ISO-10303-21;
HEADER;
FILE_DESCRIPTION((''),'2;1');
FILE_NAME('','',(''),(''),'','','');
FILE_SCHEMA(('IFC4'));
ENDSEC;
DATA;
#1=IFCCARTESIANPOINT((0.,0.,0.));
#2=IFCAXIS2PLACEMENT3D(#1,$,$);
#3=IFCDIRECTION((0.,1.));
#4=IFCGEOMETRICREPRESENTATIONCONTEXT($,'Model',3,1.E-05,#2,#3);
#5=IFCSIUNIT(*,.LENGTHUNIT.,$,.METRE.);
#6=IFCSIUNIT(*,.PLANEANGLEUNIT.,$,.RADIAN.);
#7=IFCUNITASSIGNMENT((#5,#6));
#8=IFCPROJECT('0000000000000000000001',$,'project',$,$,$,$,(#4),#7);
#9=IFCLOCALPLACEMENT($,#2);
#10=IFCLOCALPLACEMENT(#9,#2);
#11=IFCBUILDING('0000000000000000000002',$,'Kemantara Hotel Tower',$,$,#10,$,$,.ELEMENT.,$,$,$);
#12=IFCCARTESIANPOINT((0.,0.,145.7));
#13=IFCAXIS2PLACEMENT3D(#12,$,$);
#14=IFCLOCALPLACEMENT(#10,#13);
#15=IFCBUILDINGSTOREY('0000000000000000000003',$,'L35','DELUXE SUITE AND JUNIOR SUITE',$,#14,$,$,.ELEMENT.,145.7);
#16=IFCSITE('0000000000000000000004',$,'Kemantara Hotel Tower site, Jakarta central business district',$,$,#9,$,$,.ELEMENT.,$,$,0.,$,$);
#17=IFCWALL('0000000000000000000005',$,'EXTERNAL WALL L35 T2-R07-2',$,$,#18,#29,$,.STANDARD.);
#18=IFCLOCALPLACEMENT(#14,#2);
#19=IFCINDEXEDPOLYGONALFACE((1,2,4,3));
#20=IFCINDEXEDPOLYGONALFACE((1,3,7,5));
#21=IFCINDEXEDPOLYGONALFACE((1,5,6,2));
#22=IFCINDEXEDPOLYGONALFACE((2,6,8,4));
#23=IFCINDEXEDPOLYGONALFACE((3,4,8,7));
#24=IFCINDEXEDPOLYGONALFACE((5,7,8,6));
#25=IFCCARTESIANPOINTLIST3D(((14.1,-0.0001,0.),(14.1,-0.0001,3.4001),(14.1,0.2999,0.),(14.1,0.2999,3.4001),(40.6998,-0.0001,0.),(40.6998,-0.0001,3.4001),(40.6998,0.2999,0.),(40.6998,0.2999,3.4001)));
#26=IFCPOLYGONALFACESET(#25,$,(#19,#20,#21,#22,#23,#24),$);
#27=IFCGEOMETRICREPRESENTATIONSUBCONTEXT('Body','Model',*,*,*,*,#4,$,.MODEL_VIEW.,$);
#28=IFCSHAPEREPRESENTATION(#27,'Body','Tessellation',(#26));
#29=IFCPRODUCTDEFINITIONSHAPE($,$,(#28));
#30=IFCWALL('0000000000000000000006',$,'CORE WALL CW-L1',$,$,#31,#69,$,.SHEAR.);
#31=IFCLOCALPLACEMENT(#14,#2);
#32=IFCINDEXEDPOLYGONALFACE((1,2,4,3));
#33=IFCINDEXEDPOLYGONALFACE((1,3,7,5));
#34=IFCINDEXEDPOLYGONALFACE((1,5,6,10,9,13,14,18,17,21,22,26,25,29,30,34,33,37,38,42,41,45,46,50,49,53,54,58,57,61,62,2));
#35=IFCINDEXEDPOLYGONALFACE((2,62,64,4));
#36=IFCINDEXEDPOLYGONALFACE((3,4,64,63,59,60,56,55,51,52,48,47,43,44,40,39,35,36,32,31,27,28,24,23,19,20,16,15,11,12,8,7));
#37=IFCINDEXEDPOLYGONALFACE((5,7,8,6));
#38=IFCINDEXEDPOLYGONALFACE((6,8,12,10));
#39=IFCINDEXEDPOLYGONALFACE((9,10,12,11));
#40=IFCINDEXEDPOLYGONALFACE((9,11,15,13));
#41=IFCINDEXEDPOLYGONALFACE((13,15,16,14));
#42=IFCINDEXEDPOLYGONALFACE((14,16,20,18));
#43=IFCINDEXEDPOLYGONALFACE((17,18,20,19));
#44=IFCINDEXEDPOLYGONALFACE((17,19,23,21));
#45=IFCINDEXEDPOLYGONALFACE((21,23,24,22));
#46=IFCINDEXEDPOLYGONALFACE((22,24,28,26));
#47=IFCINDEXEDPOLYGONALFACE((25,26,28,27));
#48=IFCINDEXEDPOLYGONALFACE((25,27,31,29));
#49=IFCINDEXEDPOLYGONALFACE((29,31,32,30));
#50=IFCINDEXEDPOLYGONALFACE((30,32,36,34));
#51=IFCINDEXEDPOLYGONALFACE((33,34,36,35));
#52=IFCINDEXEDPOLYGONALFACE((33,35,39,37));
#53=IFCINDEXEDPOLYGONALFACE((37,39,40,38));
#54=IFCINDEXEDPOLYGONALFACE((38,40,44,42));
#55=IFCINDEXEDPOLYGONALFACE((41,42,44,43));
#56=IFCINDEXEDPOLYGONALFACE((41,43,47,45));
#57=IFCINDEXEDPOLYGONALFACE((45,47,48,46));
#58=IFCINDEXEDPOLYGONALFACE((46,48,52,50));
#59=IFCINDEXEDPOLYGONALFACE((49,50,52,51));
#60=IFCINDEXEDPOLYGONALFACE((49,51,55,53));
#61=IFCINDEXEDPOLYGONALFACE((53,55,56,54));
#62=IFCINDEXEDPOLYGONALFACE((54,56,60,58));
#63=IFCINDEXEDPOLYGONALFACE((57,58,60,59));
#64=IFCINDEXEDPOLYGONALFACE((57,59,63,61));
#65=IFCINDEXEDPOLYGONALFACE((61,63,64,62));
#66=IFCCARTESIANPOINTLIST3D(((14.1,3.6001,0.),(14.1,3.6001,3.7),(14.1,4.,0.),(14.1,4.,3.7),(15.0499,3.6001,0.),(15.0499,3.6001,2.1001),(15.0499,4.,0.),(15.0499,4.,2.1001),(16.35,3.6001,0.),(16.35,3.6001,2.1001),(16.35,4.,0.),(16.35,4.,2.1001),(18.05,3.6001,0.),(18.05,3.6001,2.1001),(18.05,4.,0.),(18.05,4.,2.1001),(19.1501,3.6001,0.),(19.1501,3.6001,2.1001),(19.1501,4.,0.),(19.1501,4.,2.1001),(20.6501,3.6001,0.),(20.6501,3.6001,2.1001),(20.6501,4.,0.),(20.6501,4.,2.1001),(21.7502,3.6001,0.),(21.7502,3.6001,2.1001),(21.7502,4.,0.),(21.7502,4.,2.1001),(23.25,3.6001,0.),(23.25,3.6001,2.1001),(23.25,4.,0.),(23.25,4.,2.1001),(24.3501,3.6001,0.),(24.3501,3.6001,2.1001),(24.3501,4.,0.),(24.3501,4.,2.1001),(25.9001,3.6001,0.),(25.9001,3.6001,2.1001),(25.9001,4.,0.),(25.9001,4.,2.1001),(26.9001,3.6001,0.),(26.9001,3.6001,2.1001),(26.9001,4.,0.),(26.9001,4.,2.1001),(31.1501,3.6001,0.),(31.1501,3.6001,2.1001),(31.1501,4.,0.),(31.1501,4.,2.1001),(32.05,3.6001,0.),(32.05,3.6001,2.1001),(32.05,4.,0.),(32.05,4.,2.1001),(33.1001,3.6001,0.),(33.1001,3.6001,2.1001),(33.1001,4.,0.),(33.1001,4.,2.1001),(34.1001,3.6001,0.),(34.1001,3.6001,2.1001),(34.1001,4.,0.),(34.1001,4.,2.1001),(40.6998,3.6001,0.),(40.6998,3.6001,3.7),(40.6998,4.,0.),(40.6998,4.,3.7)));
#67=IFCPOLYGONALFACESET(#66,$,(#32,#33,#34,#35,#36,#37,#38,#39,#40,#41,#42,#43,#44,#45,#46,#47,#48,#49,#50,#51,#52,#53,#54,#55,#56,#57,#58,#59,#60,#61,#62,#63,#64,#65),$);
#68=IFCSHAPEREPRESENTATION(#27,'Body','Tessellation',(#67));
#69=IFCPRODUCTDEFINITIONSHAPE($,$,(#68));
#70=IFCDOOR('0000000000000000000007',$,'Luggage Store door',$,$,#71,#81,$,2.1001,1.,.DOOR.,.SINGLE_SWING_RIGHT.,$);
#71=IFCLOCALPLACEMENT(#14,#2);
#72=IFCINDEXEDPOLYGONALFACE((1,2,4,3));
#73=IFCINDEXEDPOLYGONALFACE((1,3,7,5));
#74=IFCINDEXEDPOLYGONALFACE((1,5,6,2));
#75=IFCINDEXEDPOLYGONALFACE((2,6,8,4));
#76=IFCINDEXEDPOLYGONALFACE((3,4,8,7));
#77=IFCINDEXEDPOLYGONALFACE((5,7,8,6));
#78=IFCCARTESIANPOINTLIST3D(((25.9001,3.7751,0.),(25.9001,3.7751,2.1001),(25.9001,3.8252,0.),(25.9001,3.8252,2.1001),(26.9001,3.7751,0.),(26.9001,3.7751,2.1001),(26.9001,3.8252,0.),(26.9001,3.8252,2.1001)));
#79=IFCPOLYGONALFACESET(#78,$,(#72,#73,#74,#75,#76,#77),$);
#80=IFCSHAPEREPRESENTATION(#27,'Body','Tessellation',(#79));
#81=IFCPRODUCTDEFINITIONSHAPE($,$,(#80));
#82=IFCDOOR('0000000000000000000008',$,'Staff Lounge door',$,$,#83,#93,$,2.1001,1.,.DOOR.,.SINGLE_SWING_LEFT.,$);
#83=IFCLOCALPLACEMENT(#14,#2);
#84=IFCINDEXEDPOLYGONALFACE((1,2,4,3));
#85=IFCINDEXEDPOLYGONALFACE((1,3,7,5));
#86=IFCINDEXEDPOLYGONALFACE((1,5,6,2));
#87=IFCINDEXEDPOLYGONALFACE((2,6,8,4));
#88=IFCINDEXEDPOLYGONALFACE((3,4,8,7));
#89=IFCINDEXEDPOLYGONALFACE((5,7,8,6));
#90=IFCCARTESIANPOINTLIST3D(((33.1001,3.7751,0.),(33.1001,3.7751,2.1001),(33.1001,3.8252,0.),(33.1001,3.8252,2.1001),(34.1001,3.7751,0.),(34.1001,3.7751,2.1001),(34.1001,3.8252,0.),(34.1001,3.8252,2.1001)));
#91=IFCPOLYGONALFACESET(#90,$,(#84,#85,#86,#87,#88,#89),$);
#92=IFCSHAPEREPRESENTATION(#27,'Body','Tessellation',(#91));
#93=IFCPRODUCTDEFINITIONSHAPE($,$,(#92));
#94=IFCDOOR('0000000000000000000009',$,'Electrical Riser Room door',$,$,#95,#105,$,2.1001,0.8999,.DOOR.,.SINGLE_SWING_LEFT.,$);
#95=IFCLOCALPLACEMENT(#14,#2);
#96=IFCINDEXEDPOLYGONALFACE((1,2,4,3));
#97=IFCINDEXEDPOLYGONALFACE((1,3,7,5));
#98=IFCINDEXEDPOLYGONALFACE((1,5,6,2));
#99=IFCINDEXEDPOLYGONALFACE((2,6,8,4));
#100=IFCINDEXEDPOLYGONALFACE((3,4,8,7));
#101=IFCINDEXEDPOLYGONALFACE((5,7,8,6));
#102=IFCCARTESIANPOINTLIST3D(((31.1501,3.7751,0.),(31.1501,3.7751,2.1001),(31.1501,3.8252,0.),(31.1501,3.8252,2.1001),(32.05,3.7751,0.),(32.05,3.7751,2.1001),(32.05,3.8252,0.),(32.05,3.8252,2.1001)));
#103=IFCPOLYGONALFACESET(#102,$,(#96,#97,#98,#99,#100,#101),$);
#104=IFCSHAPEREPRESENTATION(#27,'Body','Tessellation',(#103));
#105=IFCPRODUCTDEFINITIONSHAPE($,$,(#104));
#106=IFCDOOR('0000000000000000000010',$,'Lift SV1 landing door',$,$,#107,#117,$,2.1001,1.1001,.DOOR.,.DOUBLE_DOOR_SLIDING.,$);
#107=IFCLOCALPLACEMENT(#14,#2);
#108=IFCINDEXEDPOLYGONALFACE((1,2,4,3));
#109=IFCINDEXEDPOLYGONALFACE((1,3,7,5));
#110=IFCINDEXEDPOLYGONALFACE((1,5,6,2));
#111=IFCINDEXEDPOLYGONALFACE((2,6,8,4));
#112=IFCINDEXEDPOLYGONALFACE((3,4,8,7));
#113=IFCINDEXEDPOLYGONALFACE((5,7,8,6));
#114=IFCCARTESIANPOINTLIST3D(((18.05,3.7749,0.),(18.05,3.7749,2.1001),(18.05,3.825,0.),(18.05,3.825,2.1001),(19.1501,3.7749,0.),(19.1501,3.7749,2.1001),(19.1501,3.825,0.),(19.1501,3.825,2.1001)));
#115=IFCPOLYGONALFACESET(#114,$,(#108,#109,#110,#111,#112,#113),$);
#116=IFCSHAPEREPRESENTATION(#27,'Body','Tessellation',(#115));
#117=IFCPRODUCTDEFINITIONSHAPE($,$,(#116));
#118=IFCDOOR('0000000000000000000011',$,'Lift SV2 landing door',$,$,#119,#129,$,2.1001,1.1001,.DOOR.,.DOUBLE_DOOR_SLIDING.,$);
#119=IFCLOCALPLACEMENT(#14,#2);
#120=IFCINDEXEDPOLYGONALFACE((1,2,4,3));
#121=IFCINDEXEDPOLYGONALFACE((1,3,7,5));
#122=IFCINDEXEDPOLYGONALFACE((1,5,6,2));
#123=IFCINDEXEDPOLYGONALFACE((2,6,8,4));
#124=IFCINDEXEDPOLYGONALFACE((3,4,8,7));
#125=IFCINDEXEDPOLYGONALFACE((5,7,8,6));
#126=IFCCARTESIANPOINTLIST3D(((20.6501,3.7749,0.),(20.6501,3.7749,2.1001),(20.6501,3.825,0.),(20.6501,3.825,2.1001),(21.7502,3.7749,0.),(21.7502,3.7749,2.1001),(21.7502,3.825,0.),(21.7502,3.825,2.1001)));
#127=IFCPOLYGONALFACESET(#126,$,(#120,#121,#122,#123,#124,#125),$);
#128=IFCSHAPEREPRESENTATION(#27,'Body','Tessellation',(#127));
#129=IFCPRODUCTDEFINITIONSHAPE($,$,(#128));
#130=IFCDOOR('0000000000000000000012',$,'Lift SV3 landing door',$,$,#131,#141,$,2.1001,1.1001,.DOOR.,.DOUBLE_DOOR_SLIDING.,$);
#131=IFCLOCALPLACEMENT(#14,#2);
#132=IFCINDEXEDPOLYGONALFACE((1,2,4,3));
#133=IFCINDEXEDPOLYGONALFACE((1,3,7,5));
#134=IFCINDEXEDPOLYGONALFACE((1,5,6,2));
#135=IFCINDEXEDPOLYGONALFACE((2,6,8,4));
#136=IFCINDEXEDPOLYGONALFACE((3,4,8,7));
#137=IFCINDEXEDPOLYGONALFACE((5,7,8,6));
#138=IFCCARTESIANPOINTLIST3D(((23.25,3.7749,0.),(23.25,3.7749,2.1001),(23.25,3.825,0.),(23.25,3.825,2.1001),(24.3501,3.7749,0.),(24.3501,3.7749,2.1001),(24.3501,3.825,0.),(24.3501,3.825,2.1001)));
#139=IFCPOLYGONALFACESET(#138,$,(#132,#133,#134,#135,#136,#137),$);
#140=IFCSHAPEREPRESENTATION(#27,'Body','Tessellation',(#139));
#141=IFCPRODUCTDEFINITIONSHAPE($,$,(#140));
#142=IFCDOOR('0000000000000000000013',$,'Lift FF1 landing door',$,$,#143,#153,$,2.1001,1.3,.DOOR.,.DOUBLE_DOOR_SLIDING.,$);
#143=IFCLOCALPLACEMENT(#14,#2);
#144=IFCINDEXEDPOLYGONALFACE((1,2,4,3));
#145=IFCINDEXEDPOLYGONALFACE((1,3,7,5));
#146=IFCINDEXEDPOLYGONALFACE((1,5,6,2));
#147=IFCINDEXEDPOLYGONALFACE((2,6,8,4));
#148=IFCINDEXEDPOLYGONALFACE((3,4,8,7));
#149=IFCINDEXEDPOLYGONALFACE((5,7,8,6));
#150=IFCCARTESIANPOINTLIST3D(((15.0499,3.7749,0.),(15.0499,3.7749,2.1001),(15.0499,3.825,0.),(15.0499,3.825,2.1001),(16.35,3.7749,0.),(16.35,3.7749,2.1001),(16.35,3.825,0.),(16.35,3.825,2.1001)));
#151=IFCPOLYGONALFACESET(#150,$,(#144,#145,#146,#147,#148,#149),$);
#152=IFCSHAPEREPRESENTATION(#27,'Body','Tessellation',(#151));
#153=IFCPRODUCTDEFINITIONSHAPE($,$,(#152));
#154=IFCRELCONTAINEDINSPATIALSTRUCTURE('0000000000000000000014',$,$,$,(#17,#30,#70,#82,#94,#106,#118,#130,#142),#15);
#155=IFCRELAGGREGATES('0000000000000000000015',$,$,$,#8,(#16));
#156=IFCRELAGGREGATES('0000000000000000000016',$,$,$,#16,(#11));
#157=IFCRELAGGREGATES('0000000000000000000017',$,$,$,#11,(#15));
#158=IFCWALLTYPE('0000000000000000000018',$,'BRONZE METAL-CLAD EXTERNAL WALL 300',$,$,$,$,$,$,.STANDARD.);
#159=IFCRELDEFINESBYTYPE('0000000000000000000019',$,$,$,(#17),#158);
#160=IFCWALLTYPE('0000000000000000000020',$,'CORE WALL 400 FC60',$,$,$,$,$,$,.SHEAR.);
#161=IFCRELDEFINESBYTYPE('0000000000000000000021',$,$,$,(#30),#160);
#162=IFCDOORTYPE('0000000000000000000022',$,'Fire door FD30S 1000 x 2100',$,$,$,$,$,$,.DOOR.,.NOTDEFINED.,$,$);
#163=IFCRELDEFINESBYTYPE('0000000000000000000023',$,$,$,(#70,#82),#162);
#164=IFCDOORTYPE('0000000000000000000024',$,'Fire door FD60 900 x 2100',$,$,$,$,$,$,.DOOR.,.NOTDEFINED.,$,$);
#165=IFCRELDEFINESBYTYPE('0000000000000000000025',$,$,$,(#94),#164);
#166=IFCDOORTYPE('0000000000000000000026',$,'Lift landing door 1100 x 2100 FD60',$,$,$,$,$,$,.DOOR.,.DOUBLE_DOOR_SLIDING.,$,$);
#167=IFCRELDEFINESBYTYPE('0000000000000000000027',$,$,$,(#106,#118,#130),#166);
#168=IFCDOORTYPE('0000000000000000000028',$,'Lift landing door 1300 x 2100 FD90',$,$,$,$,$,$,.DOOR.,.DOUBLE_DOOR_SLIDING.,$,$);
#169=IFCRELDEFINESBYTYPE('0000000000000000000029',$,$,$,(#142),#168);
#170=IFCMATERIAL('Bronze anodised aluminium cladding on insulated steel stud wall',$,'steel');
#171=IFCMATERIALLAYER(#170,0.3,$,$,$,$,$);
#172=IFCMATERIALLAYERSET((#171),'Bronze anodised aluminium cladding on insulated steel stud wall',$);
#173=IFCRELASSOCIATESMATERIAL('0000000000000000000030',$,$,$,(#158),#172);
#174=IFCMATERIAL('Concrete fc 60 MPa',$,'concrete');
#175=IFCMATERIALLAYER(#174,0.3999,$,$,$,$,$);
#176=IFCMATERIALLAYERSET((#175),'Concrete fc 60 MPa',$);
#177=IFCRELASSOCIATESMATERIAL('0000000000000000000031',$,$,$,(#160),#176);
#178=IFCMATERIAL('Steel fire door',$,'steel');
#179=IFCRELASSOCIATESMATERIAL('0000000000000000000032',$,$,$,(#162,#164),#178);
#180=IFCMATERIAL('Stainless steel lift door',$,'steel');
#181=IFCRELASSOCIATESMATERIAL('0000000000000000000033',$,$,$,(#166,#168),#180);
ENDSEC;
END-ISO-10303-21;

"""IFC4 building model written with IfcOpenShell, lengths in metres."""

from ifc_helpers import new_model, si_unit, direction, frame, frame_2d, origin, place, context, subcontext, project, spatial, rectangle, extrude, material, layer, layer_set, type_object, element, fill, save


model = new_model("IFC4")

# Units and contexts
model_context = context("Model", 3, precision=1e-05, world=origin(), true_north=direction((0.0, 1.0)))
body_context = subcontext(model_context, "Body", "Model", "MODEL_VIEW")
ifc_project = project(units=[si_unit("LENGTHUNIT", "METRE"), si_unit("PLANEANGLEUNIT", "RADIAN")], contexts=[model_context])

# Site, building, storey
site_placement = place(None, origin())
site = spatial("IfcSite", under=ifc_project, at=site_placement, Name="Kemantara Hotel Tower site, Jakarta central business district", CompositionType="ELEMENT", RefElevation=0.0)
building_placement = place(site_placement, origin())
building = spatial("IfcBuilding", under=site, at=building_placement, Name="Kemantara Hotel Tower", CompositionType="ELEMENT")
storey_placement = place(building_placement, frame((0.0, 0.0, 145.7)))
storey = spatial("IfcBuildingStorey", under=building, at=storey_placement, Name="L35", Description="DELUXE SUITE AND JUNIOR SUITE", CompositionType="ELEMENT", Elevation=145.7)

# Wall
ifc_material_1 = material(Name="Bronze anodised aluminium cladding on insulated steel stud wall", Category="steel")
ifc_layer_1 = layer(ifc_material_1, 0.3)
ifc_layer_set_1 = layer_set([ifc_layer_1], Name="Bronze anodised aluminium cladding on insulated steel stud wall")
wall_type_1 = type_object("IfcWallType", Name="BRONZE METAL-CLAD EXTERNAL WALL 300", PredefinedType="STANDARD", material=ifc_layer_set_1)
wall_1_placement = place(storey_placement, frame((14.1001, 0.1499, 0.0), z_axis=(0.0, 0.0, 1.0), x_axis=(1.0, 0.0, 0.0)))
element("IfcWall", 1, at=wall_1_placement, inside=storey, type_object=wall_type_1, Name="EXTERNAL WALL L35 T2-R07-2", PredefinedType="STANDARD", context=body_context, shape_type="SweptSolid", body=[
    extrude(rectangle(XDim=26.5999, YDim=0.3, at=frame_2d((13.2998, 0.0))), origin(), (0.0, 0.0, 1.0), 3.4001),
])

# Wall, openings, doors
ifc_material_2 = material(Name="Concrete fc 60 MPa", Category="concrete")
ifc_layer_2 = layer(ifc_material_2, 0.3999)
ifc_layer_set_2 = layer_set([ifc_layer_2], Name="Concrete fc 60 MPa")
wall_type_2 = type_object("IfcWallType", Name="CORE WALL 400 FC60", PredefinedType="SHEAR", material=ifc_layer_set_2)
wall_2_placement = place(storey_placement, frame((14.1001, 3.8, 0.0), z_axis=(0.0, 0.0, 1.0), x_axis=(1.0, 0.0, 0.0)))
wall_2 = element("IfcWall", 2, at=wall_2_placement, inside=storey, type_object=wall_type_2, Name="CORE WALL CW-L1", PredefinedType="SHEAR", context=body_context, shape_type="SweptSolid", body=[
    extrude(rectangle(XDim=26.5999, YDim=0.3999, at=frame_2d((13.2998, 0.0))), origin(), (0.0, 0.0, 1.0), 3.7),
])
opening_1_placement = place(wall_2_placement, frame((0.95, 0.0, 0.0)))
opening_1 = element("IfcOpeningElement", 3, at=opening_1_placement, cuts=wall_2, PredefinedType="OPENING", context=body_context, shape_type="SweptSolid", body=[
    extrude(rectangle(XDim=1.3, YDim=2.1001, at=frame_2d((0.6499, 1.05))), frame((0.0, 0.21, 0.0), z_axis=(0.0, -1.0, 0.0), x_axis=(1.0, 0.0, 0.0)), (0.0, 0.0, 1.0), 0.4199),
])
opening_2_placement = place(wall_2_placement, frame((3.95, 0.0, 0.0)))
opening_2 = element("IfcOpeningElement", 4, at=opening_2_placement, cuts=wall_2, PredefinedType="OPENING", context=body_context, shape_type="SweptSolid", body=[
    extrude(rectangle(XDim=1.1001, YDim=2.1001, at=frame_2d((0.55, 1.05))), frame((0.0, 0.21, 0.0), z_axis=(0.0, -1.0, 0.0), x_axis=(1.0, 0.0, 0.0)), (0.0, 0.0, 1.0), 0.4199),
])
opening_3_placement = place(wall_2_placement, frame((6.55, 0.0, 0.0)))
opening_3 = element("IfcOpeningElement", 5, at=opening_3_placement, cuts=wall_2, PredefinedType="OPENING", context=body_context, shape_type="SweptSolid", body=[
    extrude(rectangle(XDim=1.1001, YDim=2.1001, at=frame_2d((0.55, 1.05))), frame((0.0, 0.21, 0.0), z_axis=(0.0, -1.0, 0.0), x_axis=(1.0, 0.0, 0.0)), (0.0, 0.0, 1.0), 0.4199),
])
opening_4_placement = place(wall_2_placement, frame((9.1499, 0.0, 0.0)))
opening_4 = element("IfcOpeningElement", 6, at=opening_4_placement, cuts=wall_2, PredefinedType="OPENING", context=body_context, shape_type="SweptSolid", body=[
    extrude(rectangle(XDim=1.1001, YDim=2.1001, at=frame_2d((0.55, 1.05))), frame((0.0, 0.21, 0.0), z_axis=(0.0, -1.0, 0.0), x_axis=(1.0, 0.0, 0.0)), (0.0, 0.0, 1.0), 0.4199),
])
opening_5_placement = place(wall_2_placement, frame((11.8, 0.0, 0.0)))
opening_5 = element("IfcOpeningElement", 7, at=opening_5_placement, cuts=wall_2, PredefinedType="OPENING", context=body_context, shape_type="SweptSolid", body=[
    extrude(rectangle(XDim=1.0, YDim=2.1001, at=frame_2d((0.5, 1.05))), frame((0.0, 0.21, 0.0), z_axis=(0.0, -1.0, 0.0), x_axis=(1.0, 0.0, 0.0)), (0.0, 0.0, 1.0), 0.4199),
])
opening_6_placement = place(wall_2_placement, frame((17.05, 0.0, 0.0)))
opening_6 = element("IfcOpeningElement", 8, at=opening_6_placement, cuts=wall_2, PredefinedType="OPENING", context=body_context, shape_type="SweptSolid", body=[
    extrude(rectangle(XDim=0.8999, YDim=2.1001, at=frame_2d((0.45, 1.05))), frame((0.0, 0.21, 0.0), z_axis=(0.0, -1.0, 0.0), x_axis=(1.0, 0.0, 0.0)), (0.0, 0.0, 1.0), 0.4199),
])
opening_7_placement = place(wall_2_placement, frame((19.0, 0.0, 0.0)))
opening_7 = element("IfcOpeningElement", 9, at=opening_7_placement, cuts=wall_2, PredefinedType="OPENING", context=body_context, shape_type="SweptSolid", body=[
    extrude(rectangle(XDim=1.0, YDim=2.1001, at=frame_2d((0.5, 1.05))), frame((0.0, 0.21, 0.0), z_axis=(0.0, -1.0, 0.0), x_axis=(1.0, 0.0, 0.0)), (0.0, 0.0, 1.0), 0.4199),
])
ifc_material_3 = material(Name="Steel fire door", Category="steel")
door_type_1 = type_object("IfcDoorType", Name="Fire door FD30S 1000 x 2100", OperationType="NOTDEFINED", PredefinedType="DOOR", material=ifc_material_3)
door_1_placement = place(opening_5_placement, frame((1.0, 0.0, 0.0), z_axis=(0.0, 0.0, 1.0), x_axis=(-1.0, 0.0, 0.0)))
door_1 = element("IfcDoor", 10, at=door_1_placement, inside=storey, type_object=door_type_1, Name="Luggage Store door", OperationType="SINGLE_SWING_RIGHT", OverallHeight=2.1001, OverallWidth=1.0, PredefinedType="DOOR", context=body_context, shape_type="SweptSolid", body=[
    extrude(rectangle(XDim=1.0, YDim=2.1001, at=frame_2d((0.5, 1.05))), frame((0.0, 0.0249, 0.0), z_axis=(0.0, -1.0, 0.0), x_axis=(1.0, 0.0, 0.0)), (0.0, 0.0, 1.0), 0.05),
])
fill(opening_5, door_1)
door_2_placement = place(opening_7_placement, frame((1.0, 0.0, 0.0), z_axis=(0.0, 0.0, 1.0), x_axis=(-1.0, 0.0, 0.0)))
door_2 = element("IfcDoor", 11, at=door_2_placement, inside=storey, type_object=door_type_1, Name="Staff Lounge door", OperationType="SINGLE_SWING_LEFT", OverallHeight=2.1001, OverallWidth=1.0, PredefinedType="DOOR", context=body_context, shape_type="SweptSolid", body=[
    extrude(rectangle(XDim=1.0, YDim=2.1001, at=frame_2d((0.5, 1.05))), frame((0.0, 0.0249, 0.0), z_axis=(0.0, -1.0, 0.0), x_axis=(1.0, 0.0, 0.0)), (0.0, 0.0, 1.0), 0.05),
])
fill(opening_7, door_2)
door_type_2 = type_object("IfcDoorType", Name="Fire door FD60 900 x 2100", OperationType="NOTDEFINED", PredefinedType="DOOR", material=ifc_material_3)
door_3_placement = place(opening_6_placement, frame((0.8999, 0.0, 0.0), z_axis=(0.0, 0.0, 1.0), x_axis=(-1.0, 0.0, 0.0)))
door_3 = element("IfcDoor", 12, at=door_3_placement, inside=storey, type_object=door_type_2, Name="Electrical Riser Room door", OperationType="SINGLE_SWING_LEFT", OverallHeight=2.1001, OverallWidth=0.8999, PredefinedType="DOOR", context=body_context, shape_type="SweptSolid", body=[
    extrude(rectangle(XDim=0.8999, YDim=2.1001, at=frame_2d((0.45, 1.05))), frame((0.0, 0.0249, 0.0), z_axis=(0.0, -1.0, 0.0), x_axis=(1.0, 0.0, 0.0)), (0.0, 0.0, 1.0), 0.05),
])
fill(opening_6, door_3)
ifc_material_4 = material(Name="Stainless steel lift door", Category="steel")
door_type_3 = type_object("IfcDoorType", Name="Lift landing door 1100 x 2100 FD60", OperationType="DOUBLE_DOOR_SLIDING", PredefinedType="DOOR", material=ifc_material_4)
door_4_placement = place(opening_2_placement, origin())
door_4 = element("IfcDoor", 13, at=door_4_placement, inside=storey, type_object=door_type_3, Name="Lift SV1 landing door", OperationType="DOUBLE_DOOR_SLIDING", OverallHeight=2.1001, OverallWidth=1.1001, PredefinedType="DOOR", context=body_context, shape_type="SweptSolid", body=[
    extrude(rectangle(XDim=1.1001, YDim=2.1001, at=frame_2d((0.55, 1.05))), frame((0.0, 0.0249, 0.0), z_axis=(0.0, -1.0, 0.0), x_axis=(1.0, 0.0, 0.0)), (0.0, 0.0, 1.0), 0.05),
])
fill(opening_2, door_4)
door_5_placement = place(opening_3_placement, origin())
door_5 = element("IfcDoor", 14, at=door_5_placement, inside=storey, type_object=door_type_3, Name="Lift SV2 landing door", OperationType="DOUBLE_DOOR_SLIDING", OverallHeight=2.1001, OverallWidth=1.1001, PredefinedType="DOOR", context=body_context, shape_type="SweptSolid", body=[
    extrude(rectangle(XDim=1.1001, YDim=2.1001, at=frame_2d((0.55, 1.05))), frame((0.0, 0.0249, 0.0), z_axis=(0.0, -1.0, 0.0), x_axis=(1.0, 0.0, 0.0)), (0.0, 0.0, 1.0), 0.05),
])
fill(opening_3, door_5)
door_6_placement = place(opening_4_placement, origin())
door_6 = element("IfcDoor", 15, at=door_6_placement, inside=storey, type_object=door_type_3, Name="Lift SV3 landing door", OperationType="DOUBLE_DOOR_SLIDING", OverallHeight=2.1001, OverallWidth=1.1001, PredefinedType="DOOR", context=body_context, shape_type="SweptSolid", body=[
    extrude(rectangle(XDim=1.1001, YDim=2.1001, at=frame_2d((0.55, 1.05))), frame((0.0, 0.0249, 0.0), z_axis=(0.0, -1.0, 0.0), x_axis=(1.0, 0.0, 0.0)), (0.0, 0.0, 1.0), 0.05),
])
fill(opening_4, door_6)
door_type_4 = type_object("IfcDoorType", Name="Lift landing door 1300 x 2100 FD90", OperationType="DOUBLE_DOOR_SLIDING", PredefinedType="DOOR", material=ifc_material_4)
door_7_placement = place(opening_1_placement, origin())
door_7 = element("IfcDoor", 16, at=door_7_placement, inside=storey, type_object=door_type_4, Name="Lift FF1 landing door", OperationType="DOUBLE_DOOR_SLIDING", OverallHeight=2.1001, OverallWidth=1.3, PredefinedType="DOOR", context=body_context, shape_type="SweptSolid", body=[
    extrude(rectangle(XDim=1.3, YDim=2.1001, at=frame_2d((0.6499, 1.05))), frame((0.0, 0.0249, 0.0), z_axis=(0.0, -1.0, 0.0), x_axis=(1.0, 0.0, 0.0)), (0.0, 0.0, 1.0), 0.05),
])
fill(opening_1, door_7)

save(model, "model.ifc")
